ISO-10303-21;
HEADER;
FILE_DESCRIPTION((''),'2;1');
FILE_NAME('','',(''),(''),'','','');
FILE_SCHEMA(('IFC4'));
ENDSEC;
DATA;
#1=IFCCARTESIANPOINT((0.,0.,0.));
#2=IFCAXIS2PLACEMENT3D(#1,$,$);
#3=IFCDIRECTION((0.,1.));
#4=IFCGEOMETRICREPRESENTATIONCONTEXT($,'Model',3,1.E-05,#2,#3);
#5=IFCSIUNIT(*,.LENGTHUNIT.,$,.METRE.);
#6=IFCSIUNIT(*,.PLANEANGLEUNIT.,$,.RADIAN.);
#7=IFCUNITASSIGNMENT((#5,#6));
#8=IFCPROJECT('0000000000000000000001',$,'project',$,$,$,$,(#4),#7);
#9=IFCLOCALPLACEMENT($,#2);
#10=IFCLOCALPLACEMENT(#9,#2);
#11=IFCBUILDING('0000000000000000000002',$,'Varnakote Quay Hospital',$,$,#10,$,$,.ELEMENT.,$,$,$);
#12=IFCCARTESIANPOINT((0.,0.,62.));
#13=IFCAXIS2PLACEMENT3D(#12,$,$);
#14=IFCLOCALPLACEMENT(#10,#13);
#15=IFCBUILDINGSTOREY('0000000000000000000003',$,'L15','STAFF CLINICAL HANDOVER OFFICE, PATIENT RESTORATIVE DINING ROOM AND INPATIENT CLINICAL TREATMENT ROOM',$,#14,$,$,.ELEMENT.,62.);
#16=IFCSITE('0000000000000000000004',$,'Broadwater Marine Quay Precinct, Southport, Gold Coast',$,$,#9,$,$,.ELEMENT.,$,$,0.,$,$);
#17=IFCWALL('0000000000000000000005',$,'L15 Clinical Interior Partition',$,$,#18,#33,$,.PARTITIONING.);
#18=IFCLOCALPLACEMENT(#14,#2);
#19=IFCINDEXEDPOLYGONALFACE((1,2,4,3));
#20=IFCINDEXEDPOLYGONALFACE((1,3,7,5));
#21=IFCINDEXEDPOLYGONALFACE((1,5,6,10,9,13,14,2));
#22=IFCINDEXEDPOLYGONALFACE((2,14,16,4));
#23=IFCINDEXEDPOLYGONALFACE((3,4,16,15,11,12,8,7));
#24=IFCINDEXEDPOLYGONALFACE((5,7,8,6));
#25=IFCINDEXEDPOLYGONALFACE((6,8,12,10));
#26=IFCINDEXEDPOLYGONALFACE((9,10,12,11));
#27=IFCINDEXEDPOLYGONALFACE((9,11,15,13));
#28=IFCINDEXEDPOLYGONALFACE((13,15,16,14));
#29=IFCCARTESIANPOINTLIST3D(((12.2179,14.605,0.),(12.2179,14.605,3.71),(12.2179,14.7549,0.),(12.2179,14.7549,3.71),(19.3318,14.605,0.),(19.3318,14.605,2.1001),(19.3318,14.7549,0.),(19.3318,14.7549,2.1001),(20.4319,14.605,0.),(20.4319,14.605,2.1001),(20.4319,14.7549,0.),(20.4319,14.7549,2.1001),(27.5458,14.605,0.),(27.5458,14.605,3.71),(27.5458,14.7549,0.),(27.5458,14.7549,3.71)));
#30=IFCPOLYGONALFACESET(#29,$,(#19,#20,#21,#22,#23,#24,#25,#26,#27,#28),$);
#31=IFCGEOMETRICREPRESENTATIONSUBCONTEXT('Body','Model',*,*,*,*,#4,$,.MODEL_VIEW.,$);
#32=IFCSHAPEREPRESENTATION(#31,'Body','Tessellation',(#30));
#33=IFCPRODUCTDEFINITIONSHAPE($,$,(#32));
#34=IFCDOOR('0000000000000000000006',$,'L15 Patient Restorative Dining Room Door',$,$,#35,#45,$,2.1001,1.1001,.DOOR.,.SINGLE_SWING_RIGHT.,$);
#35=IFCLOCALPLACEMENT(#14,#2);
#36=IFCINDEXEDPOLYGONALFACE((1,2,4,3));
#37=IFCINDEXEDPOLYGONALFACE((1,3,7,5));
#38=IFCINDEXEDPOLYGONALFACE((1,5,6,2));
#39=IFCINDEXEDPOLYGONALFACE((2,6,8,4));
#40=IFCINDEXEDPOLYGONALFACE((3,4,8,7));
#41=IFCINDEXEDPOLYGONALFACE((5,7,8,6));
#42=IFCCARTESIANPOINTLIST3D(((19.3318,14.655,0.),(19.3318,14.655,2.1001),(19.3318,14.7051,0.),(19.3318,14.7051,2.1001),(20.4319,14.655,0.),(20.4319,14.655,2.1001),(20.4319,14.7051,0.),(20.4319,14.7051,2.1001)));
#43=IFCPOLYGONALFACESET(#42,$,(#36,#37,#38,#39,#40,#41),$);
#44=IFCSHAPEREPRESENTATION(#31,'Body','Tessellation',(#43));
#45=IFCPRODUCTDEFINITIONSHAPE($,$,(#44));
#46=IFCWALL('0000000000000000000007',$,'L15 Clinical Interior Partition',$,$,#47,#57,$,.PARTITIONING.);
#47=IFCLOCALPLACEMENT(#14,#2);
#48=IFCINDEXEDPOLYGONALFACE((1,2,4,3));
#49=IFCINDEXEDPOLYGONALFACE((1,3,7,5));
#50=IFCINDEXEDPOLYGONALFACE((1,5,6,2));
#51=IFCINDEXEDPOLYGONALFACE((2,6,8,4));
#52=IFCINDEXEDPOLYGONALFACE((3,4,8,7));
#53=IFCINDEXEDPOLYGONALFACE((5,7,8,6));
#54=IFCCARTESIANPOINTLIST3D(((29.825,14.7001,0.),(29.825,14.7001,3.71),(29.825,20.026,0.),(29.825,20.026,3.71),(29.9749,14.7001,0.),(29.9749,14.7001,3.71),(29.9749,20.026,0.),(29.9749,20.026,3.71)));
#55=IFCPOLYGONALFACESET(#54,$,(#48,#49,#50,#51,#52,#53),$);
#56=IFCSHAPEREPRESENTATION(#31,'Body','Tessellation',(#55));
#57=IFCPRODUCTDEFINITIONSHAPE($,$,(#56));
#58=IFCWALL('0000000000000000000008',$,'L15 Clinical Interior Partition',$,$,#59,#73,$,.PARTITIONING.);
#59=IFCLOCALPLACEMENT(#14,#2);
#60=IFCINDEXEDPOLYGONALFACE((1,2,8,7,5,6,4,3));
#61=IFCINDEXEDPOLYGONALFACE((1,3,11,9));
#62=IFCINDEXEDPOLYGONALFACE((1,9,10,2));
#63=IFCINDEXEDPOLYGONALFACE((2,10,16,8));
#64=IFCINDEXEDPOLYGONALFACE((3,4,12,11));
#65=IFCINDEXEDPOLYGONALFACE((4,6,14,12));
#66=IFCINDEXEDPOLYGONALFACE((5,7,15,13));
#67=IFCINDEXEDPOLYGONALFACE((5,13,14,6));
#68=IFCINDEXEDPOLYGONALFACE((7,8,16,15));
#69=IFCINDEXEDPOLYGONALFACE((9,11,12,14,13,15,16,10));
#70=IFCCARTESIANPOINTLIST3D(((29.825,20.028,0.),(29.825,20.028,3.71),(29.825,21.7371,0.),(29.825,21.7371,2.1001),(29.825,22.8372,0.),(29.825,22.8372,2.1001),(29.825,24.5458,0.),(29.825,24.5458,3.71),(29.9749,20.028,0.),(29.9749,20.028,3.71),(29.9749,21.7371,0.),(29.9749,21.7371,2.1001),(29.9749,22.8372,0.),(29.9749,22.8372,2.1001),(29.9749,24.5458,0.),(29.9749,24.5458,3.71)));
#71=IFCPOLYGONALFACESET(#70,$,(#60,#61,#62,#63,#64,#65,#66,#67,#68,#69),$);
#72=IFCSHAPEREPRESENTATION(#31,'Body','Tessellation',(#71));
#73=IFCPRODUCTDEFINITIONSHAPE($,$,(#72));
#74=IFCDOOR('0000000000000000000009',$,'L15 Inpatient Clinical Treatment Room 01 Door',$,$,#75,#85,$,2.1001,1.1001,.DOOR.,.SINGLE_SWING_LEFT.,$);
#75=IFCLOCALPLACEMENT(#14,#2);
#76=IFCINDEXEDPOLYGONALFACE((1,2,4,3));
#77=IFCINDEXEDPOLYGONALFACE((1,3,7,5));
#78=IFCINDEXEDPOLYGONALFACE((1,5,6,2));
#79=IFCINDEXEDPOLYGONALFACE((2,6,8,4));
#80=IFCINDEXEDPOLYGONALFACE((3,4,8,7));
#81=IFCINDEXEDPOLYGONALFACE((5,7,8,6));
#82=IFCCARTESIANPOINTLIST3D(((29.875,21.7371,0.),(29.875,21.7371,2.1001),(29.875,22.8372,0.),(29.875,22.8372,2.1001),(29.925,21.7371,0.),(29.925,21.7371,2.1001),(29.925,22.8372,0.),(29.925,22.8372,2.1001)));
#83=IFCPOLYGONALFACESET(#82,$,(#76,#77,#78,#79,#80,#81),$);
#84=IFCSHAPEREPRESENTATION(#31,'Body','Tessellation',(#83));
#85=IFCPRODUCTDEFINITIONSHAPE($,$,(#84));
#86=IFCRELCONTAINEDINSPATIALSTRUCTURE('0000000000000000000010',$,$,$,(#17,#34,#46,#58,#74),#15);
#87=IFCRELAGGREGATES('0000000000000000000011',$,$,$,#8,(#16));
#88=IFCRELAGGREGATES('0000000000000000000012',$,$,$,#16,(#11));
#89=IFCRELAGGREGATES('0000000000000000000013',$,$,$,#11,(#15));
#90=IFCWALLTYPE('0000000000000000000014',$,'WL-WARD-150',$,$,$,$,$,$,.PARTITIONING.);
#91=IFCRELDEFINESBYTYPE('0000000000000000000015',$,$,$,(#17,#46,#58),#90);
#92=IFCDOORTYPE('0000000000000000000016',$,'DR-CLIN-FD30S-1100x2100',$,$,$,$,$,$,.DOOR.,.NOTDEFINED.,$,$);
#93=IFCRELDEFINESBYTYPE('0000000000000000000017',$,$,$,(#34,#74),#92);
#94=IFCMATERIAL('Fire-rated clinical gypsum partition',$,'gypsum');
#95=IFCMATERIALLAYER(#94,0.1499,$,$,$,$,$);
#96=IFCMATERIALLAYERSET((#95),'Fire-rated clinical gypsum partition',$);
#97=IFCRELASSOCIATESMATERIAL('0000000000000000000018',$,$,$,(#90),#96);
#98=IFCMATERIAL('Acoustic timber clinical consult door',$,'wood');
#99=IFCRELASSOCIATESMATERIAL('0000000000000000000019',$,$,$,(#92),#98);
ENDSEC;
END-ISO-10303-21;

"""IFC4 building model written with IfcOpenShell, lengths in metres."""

from ifc_helpers import new_model, si_unit, direction, frame, frame_2d, origin, place, context, subcontext, project, spatial, rectangle, extrude, material, layer, layer_set, type_object, element, fill, save


model = new_model("IFC4")

# Units and contexts
model_context = context("Model", 3, precision=1e-05, world=origin(), true_north=direction((0.0, 1.0)))
body_context = subcontext(model_context, "Body", "Model", "MODEL_VIEW")
ifc_project = project(units=[si_unit("LENGTHUNIT", "METRE"), si_unit("PLANEANGLEUNIT", "RADIAN")], contexts=[model_context])

# Site, building, storey
site_placement = place(None, origin())
site = spatial("IfcSite", under=ifc_project, at=site_placement, Name="Broadwater Marine Quay Precinct, Southport, Gold Coast", CompositionType="ELEMENT", RefElevation=0.0)
building_placement = place(site_placement, origin())
building = spatial("IfcBuilding", under=site, at=building_placement, Name="Varnakote Quay Hospital", CompositionType="ELEMENT")
storey_placement = place(building_placement, frame((0.0, 0.0, 62.0)))
storey = spatial("IfcBuildingStorey", under=building, at=storey_placement, Name="L15", Description="STAFF CLINICAL HANDOVER OFFICE, PATIENT RESTORATIVE DINING ROOM AND INPATIENT CLINICAL TREATMENT ROOM", CompositionType="ELEMENT", Elevation=62.0)

# Wall, opening, door
ifc_material_1 = material(Name="Fire-rated clinical gypsum partition", Category="gypsum")
ifc_layer_1 = layer(ifc_material_1, 0.1499)
ifc_layer_set_1 = layer_set([ifc_layer_1], Name="Fire-rated clinical gypsum partition")
wall_type_1 = type_object("IfcWallType", Name="WL-WARD-150", PredefinedType="PARTITIONING", material=ifc_layer_set_1)
wall_1_placement = place(storey_placement, frame((27.5459, 14.6799, 0.0), z_axis=(0.0, 0.0, 1.0), x_axis=(-1.0, 0.0, 0.0)))
wall_1 = element("IfcWall", 1, at=wall_1_placement, inside=storey, type_object=wall_type_1, Name="L15 Clinical Interior Partition", PredefinedType="PARTITIONING", context=body_context, shape_type="SweptSolid", body=[
    extrude(rectangle(XDim=15.3279, YDim=0.1499, at=frame_2d((7.6641, 0.0))), origin(), (0.0, 0.0, 1.0), 3.71),
])
opening_1_placement = place(wall_1_placement, frame((7.114, 0.0, 0.0)))
opening_1 = element("IfcOpeningElement", 2, at=opening_1_placement, cuts=wall_1, PredefinedType="OPENING", context=body_context, shape_type="SweptSolid", body=[
    extrude(rectangle(XDim=1.1001, YDim=2.1001, at=frame_2d((0.55, 1.05))), frame((0.0, 0.085, 0.0), z_axis=(0.0, -1.0, 0.0), x_axis=(1.0, 0.0, 0.0)), (0.0, 0.0, 1.0), 0.1699),
])
ifc_material_2 = material(Name="Acoustic timber clinical consult door", Category="wood")
door_type_1 = type_object("IfcDoorType", Name="DR-CLIN-FD30S-1100x2100", OperationType="NOTDEFINED", PredefinedType="DOOR", material=ifc_material_2)
door_1_placement = place(opening_1_placement, origin())
door_1 = element("IfcDoor", 3, at=door_1_placement, inside=storey, type_object=door_type_1, Name="L15 Patient Restorative Dining Room Door", OperationType="SINGLE_SWING_RIGHT", OverallHeight=2.1001, OverallWidth=1.1001, PredefinedType="DOOR", context=body_context, shape_type="SweptSolid", body=[
    extrude(rectangle(XDim=1.1001, YDim=2.1001, at=frame_2d((0.55, 1.05))), frame((0.0, 0.0249, 0.0), z_axis=(0.0, -1.0, 0.0), x_axis=(1.0, 0.0, 0.0)), (0.0, 0.0, 1.0), 0.05),
])
fill(opening_1, door_1)

# Wall
wall_2_placement = place(storey_placement, frame((29.8999, 14.7, 0.0), z_axis=(0.0, 0.0, 1.0), x_axis=(0.0, 1.0, 0.0)))
element("IfcWall", 4, at=wall_2_placement, inside=storey, type_object=wall_type_1, Name="L15 Clinical Interior Partition", PredefinedType="PARTITIONING", context=body_context, shape_type="SweptSolid", body=[
    extrude(rectangle(XDim=5.3259, YDim=0.1499, at=frame_2d((2.6631, 0.0))), origin(), (0.0, 0.0, 1.0), 3.71),
])

# Wall, opening, door
wall_3_placement = place(storey_placement, frame((29.8999, 20.0281, 0.0), z_axis=(0.0, 0.0, 1.0), x_axis=(0.0, 1.0, 0.0)))
wall_3 = element("IfcWall", 5, at=wall_3_placement, inside=storey, type_object=wall_type_1, Name="L15 Clinical Interior Partition", PredefinedType="PARTITIONING", context=body_context, shape_type="SweptSolid", body=[
    extrude(rectangle(XDim=4.5178, YDim=0.1499, at=frame_2d((2.2588, 0.0))), origin(), (0.0, 0.0, 1.0), 3.71),
])
opening_2_placement = place(wall_3_placement, frame((1.709, 0.0, 0.0)))
opening_2 = element("IfcOpeningElement", 6, at=opening_2_placement, cuts=wall_3, PredefinedType="OPENING", context=body_context, shape_type="SweptSolid", body=[
    extrude(rectangle(XDim=1.1001, YDim=2.1001, at=frame_2d((0.55, 1.05))), frame((0.0, 0.085, 0.0), z_axis=(0.0, -1.0, 0.0), x_axis=(1.0, 0.0, 0.0)), (0.0, 0.0, 1.0), 0.1699),
])
door_2_placement = place(opening_2_placement, origin())
door_2 = element("IfcDoor", 7, at=door_2_placement, inside=storey, type_object=door_type_1, Name="L15 Inpatient Clinical Treatment Room 01 Door", OperationType="SINGLE_SWING_LEFT", OverallHeight=2.1001, OverallWidth=1.1001, PredefinedType="DOOR", context=body_context, shape_type="SweptSolid", body=[
    extrude(rectangle(XDim=1.1001, YDim=2.1001, at=frame_2d((0.55, 1.05))), frame((0.0, 0.0249, 0.0), z_axis=(0.0, -1.0, 0.0), x_axis=(1.0, 0.0, 0.0)), (0.0, 0.0, 1.0), 0.05),
])
fill(opening_2, door_2)

save(model, "model.ifc")
